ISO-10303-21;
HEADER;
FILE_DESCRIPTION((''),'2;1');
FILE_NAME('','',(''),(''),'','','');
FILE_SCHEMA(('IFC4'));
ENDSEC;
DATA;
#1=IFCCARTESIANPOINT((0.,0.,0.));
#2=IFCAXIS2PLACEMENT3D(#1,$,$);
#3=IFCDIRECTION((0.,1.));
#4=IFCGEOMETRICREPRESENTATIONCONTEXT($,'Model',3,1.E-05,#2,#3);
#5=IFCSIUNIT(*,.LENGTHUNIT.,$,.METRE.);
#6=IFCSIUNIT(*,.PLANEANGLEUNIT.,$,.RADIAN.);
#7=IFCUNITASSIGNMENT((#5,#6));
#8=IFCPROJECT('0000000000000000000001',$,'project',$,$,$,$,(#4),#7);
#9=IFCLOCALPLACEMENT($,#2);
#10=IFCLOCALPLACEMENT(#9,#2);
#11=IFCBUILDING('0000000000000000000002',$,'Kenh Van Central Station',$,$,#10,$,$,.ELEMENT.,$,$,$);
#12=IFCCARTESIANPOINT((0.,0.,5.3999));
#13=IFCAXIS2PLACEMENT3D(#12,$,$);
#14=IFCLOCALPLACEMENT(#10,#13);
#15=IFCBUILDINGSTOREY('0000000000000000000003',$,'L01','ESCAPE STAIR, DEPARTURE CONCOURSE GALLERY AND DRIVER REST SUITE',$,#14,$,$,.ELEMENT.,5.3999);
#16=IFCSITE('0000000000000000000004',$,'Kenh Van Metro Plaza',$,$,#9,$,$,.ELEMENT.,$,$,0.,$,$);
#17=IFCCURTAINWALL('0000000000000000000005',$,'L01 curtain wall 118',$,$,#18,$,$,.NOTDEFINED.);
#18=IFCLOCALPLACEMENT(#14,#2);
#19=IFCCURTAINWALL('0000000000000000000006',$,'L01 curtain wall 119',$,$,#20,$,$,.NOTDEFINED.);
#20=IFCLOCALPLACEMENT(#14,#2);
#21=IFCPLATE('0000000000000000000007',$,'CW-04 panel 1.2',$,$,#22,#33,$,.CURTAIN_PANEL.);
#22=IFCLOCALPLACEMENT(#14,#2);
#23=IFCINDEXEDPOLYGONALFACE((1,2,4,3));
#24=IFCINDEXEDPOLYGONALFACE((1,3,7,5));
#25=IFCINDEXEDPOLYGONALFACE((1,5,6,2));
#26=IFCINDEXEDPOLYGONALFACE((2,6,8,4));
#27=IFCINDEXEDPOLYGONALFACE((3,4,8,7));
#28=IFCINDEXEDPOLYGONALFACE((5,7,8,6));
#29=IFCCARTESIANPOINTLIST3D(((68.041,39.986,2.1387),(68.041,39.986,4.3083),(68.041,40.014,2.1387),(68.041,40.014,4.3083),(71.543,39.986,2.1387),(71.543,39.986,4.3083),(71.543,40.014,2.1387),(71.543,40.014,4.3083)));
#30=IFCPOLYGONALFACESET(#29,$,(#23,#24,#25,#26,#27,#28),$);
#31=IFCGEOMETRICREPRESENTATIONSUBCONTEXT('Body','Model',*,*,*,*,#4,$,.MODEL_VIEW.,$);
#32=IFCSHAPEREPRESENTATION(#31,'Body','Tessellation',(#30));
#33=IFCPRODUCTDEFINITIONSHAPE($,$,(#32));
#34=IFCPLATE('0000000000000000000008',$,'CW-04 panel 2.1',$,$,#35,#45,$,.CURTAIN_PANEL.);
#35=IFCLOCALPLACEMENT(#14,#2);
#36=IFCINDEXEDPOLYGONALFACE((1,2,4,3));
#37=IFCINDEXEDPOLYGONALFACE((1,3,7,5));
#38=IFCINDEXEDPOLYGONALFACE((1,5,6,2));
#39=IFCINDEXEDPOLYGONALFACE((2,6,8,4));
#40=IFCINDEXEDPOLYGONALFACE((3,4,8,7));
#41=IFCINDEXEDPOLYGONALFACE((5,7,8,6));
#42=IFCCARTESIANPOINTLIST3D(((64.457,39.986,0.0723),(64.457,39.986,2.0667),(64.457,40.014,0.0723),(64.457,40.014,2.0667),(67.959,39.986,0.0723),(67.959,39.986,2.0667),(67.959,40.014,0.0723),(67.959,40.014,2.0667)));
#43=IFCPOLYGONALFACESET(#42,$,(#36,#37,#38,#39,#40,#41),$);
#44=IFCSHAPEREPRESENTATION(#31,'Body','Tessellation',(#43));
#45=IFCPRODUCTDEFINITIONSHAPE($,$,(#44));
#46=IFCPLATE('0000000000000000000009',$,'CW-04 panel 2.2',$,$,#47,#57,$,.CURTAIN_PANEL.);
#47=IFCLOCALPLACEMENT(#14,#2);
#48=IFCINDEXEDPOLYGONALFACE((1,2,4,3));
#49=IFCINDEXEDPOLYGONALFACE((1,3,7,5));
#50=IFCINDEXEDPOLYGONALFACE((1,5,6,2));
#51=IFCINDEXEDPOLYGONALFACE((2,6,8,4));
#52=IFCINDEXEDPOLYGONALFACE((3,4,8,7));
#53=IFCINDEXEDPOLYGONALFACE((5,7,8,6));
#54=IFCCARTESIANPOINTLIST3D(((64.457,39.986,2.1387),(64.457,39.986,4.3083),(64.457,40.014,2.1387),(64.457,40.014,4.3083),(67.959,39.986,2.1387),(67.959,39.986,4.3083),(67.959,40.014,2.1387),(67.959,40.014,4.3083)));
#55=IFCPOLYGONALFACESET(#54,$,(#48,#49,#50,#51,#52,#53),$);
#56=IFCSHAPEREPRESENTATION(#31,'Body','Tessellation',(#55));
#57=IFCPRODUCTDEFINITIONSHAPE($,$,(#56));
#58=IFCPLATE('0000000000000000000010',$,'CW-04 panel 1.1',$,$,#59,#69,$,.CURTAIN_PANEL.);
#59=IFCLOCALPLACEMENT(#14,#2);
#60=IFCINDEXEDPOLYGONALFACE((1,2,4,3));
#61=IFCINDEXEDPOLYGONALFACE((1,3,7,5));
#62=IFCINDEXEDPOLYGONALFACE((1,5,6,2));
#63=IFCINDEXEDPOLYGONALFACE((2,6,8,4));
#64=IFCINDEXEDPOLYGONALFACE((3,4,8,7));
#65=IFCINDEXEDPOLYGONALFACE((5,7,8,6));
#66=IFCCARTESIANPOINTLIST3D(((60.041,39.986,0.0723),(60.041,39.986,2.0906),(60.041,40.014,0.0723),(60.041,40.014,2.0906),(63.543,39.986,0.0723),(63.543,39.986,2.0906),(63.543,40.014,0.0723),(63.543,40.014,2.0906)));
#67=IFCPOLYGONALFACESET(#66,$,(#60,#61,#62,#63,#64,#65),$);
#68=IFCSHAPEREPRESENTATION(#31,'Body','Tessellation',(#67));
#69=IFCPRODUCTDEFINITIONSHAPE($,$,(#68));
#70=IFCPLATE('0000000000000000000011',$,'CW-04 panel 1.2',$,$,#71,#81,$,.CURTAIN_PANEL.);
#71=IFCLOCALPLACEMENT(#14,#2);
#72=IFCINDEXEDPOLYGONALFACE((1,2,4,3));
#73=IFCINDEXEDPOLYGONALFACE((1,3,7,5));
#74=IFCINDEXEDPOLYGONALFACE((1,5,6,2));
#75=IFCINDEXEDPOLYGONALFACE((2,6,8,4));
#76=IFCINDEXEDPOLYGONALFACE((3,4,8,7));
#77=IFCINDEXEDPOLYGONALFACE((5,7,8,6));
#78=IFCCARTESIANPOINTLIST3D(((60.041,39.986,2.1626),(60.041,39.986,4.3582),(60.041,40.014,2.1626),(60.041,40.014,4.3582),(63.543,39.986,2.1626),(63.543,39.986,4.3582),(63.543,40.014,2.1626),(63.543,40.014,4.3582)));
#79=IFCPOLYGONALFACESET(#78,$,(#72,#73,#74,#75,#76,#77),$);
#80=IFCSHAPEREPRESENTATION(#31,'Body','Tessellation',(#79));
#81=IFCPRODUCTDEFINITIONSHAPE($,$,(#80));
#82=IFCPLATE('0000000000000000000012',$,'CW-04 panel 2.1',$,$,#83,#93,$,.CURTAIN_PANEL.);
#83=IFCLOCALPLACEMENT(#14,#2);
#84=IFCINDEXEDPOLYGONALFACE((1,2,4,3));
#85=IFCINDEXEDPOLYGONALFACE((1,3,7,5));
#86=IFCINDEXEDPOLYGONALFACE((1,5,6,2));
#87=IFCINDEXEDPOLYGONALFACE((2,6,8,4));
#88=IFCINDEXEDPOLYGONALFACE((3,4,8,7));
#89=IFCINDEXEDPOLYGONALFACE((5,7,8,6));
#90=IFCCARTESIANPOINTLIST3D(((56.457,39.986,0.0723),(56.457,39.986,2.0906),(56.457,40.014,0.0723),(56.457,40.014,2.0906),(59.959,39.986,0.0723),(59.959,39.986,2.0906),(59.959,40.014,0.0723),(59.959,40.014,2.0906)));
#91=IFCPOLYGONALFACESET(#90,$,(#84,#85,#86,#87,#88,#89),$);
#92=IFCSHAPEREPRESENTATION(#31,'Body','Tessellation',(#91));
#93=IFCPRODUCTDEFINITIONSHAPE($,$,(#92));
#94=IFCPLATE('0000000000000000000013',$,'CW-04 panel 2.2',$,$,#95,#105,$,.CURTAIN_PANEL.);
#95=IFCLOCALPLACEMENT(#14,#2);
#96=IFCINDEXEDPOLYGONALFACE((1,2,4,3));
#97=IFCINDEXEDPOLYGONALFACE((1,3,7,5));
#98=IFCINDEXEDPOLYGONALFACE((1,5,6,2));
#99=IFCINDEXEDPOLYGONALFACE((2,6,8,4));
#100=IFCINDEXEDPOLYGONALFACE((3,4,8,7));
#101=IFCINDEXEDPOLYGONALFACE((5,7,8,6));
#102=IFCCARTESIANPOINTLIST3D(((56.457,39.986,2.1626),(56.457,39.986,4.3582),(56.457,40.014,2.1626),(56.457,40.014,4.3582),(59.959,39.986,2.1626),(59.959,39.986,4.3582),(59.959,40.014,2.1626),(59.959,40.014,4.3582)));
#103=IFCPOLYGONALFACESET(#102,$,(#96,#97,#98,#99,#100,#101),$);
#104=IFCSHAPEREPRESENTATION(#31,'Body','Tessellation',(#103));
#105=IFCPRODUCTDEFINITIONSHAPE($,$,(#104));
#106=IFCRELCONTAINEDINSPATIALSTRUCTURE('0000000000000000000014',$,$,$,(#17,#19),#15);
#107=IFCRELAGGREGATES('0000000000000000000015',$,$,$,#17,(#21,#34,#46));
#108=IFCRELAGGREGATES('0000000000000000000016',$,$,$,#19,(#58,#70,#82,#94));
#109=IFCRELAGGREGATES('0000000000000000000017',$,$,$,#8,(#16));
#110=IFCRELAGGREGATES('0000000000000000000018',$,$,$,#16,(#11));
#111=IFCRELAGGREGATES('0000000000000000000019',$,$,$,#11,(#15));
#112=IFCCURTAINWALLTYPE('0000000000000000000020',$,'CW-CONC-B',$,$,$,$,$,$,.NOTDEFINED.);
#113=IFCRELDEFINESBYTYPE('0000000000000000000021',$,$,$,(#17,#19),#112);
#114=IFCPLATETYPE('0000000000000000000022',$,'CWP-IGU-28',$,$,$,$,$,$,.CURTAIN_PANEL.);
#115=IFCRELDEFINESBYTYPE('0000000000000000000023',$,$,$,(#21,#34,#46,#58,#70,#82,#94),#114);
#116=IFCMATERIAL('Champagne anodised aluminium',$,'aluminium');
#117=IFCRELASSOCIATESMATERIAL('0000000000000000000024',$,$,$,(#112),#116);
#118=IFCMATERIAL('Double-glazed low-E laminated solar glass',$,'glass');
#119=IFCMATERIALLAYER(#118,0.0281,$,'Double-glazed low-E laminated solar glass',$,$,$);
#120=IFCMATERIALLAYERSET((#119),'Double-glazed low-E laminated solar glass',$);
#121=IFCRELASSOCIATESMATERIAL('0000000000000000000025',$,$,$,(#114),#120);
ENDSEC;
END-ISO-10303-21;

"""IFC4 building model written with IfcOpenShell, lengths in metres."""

from ifc_helpers import new_model, si_unit, direction, frame, origin, origin_2d, place, context, subcontext, project, spatial, rectangle, extrude, material, layer, layer_set, type_object, element, aggregate, save


model = new_model("IFC4")

# Units and contexts
model_context = context("Model", 3, precision=1e-05, world=origin(), true_north=direction((0.0, 1.0)))
body_context = subcontext(model_context, "Body", "Model", "MODEL_VIEW")
ifc_project = project(units=[si_unit("LENGTHUNIT", "METRE"), si_unit("PLANEANGLEUNIT", "RADIAN")], contexts=[model_context])

# Site, building, storey
site_placement = place(None, origin())
site = spatial("IfcSite", under=ifc_project, at=site_placement, Name="Kenh Van Metro Plaza", CompositionType="ELEMENT", RefElevation=0.0)
building_placement = place(site_placement, origin())
building = spatial("IfcBuilding", under=site, at=building_placement, Name="Kenh Van Central Station", CompositionType="ELEMENT")
storey_placement = place(building_placement, frame((0.0, 0.0, 5.3999)))
storey = spatial("IfcBuildingStorey", under=building, at=storey_placement, Name="L01", Description="ESCAPE STAIR, DEPARTURE CONCOURSE GALLERY AND DRIVER REST SUITE", CompositionType="ELEMENT", Elevation=5.3999)

# Shared definitions
ifc_material_1 = material(Name="Champagne anodised aluminium", Category="aluminium")
curtain_wall_type = type_object("IfcCurtainWallType", Name="CW-CONC-B", PredefinedType="NOTDEFINED", material=ifc_material_1)

# Curtain walls
curtain_wall_1_placement = place(storey_placement, origin())
curtain_wall_1 = element("IfcCurtainWall", 1, at=curtain_wall_1_placement, inside=storey, type_object=curtain_wall_type, Name="L01 curtain wall 118", PredefinedType="NOTDEFINED")
curtain_wall_2_placement = place(storey_placement, origin())
curtain_wall_2 = element("IfcCurtainWall", 2, at=curtain_wall_2_placement, inside=storey, type_object=curtain_wall_type, Name="L01 curtain wall 119", PredefinedType="NOTDEFINED")

# Plates
ifc_material_2 = material(Name="Double-glazed low-E laminated solar glass", Category="glass")
ifc_layer = layer(ifc_material_2, 0.0281, Name="Double-glazed low-E laminated solar glass")
ifc_layer_set = layer_set([ifc_layer], Name="Double-glazed low-E laminated solar glass")
plate_type = type_object("IfcPlateType", Name="CWP-IGU-28", PredefinedType="CURTAIN_PANEL", material=ifc_layer_set)
plate_1_placement = place(storey_placement, frame((69.792, 40.0, 2.1387), z_axis=(0.0, 0.0, 1.0), x_axis=(-1.0, 0.0, 0.0)))
plate_1 = element("IfcPlate", 3, at=plate_1_placement, type_object=plate_type, Name="CW-04 panel 1.2", PredefinedType="CURTAIN_PANEL", context=body_context, shape_type="SweptSolid", body=[
    extrude(rectangle(XDim=3.502, YDim=0.0281, at=origin_2d()), origin(), (0.0, 0.0, 1.0), 2.1697),
])
plate_2_placement = place(storey_placement, frame((66.208, 40.0, 0.0723), z_axis=(0.0, 0.0, 1.0), x_axis=(-1.0, 0.0, 0.0)))
plate_2 = element("IfcPlate", 4, at=plate_2_placement, type_object=plate_type, Name="CW-04 panel 2.1", PredefinedType="CURTAIN_PANEL", context=body_context, shape_type="SweptSolid", body=[
    extrude(rectangle(XDim=3.502, YDim=0.0281, at=origin_2d()), origin(), (0.0, 0.0, 1.0), 1.9944),
])
plate_3_placement = place(storey_placement, frame((66.208, 40.0, 2.1387), z_axis=(0.0, 0.0, 1.0), x_axis=(-1.0, 0.0, 0.0)))
plate_3 = element("IfcPlate", 5, at=plate_3_placement, type_object=plate_type, Name="CW-04 panel 2.2", PredefinedType="CURTAIN_PANEL", context=body_context, shape_type="SweptSolid", body=[
    extrude(rectangle(XDim=3.502, YDim=0.0281, at=origin_2d()), origin(), (0.0, 0.0, 1.0), 2.1697),
])
aggregate(curtain_wall_1, [plate_1, plate_2, plate_3])
plate_4_placement = place(storey_placement, frame((61.792, 40.0, 0.0723), z_axis=(0.0, 0.0, 1.0), x_axis=(-1.0, 0.0, 0.0)))
plate_4 = element("IfcPlate", 6, at=plate_4_placement, type_object=plate_type, Name="CW-04 panel 1.1", PredefinedType="CURTAIN_PANEL", context=body_context, shape_type="SweptSolid", body=[
    extrude(rectangle(XDim=3.502, YDim=0.0281, at=origin_2d()), origin(), (0.0, 0.0, 1.0), 2.0183),
])
plate_5_placement = place(storey_placement, frame((61.792, 40.0, 2.1626), z_axis=(0.0, 0.0, 1.0), x_axis=(-1.0, 0.0, 0.0)))
plate_5 = element("IfcPlate", 7, at=plate_5_placement, type_object=plate_type, Name="CW-04 panel 1.2", PredefinedType="CURTAIN_PANEL", context=body_context, shape_type="SweptSolid", body=[
    extrude(rectangle(XDim=3.502, YDim=0.0281, at=origin_2d()), origin(), (0.0, 0.0, 1.0), 2.1956),
])
plate_6_placement = place(storey_placement, frame((58.208, 40.0, 0.0723), z_axis=(0.0, 0.0, 1.0), x_axis=(-1.0, 0.0, 0.0)))
plate_6 = element("IfcPlate", 8, at=plate_6_placement, type_object=plate_type, Name="CW-04 panel 2.1", PredefinedType="CURTAIN_PANEL", context=body_context, shape_type="SweptSolid", body=[
    extrude(rectangle(XDim=3.502, YDim=0.0281, at=origin_2d()), origin(), (0.0, 0.0, 1.0), 2.0183),
])
plate_7_placement = place(storey_placement, frame((58.208, 40.0, 2.1626), z_axis=(0.0, 0.0, 1.0), x_axis=(-1.0, 0.0, 0.0)))
plate_7 = element("IfcPlate", 9, at=plate_7_placement, type_object=plate_type, Name="CW-04 panel 2.2", PredefinedType="CURTAIN_PANEL", context=body_context, shape_type="SweptSolid", body=[
    extrude(rectangle(XDim=3.502, YDim=0.0281, at=origin_2d()), origin(), (0.0, 0.0, 1.0), 2.1956),
])
aggregate(curtain_wall_2, [plate_4, plate_5, plate_6, plate_7])

save(model, "model.ifc")
